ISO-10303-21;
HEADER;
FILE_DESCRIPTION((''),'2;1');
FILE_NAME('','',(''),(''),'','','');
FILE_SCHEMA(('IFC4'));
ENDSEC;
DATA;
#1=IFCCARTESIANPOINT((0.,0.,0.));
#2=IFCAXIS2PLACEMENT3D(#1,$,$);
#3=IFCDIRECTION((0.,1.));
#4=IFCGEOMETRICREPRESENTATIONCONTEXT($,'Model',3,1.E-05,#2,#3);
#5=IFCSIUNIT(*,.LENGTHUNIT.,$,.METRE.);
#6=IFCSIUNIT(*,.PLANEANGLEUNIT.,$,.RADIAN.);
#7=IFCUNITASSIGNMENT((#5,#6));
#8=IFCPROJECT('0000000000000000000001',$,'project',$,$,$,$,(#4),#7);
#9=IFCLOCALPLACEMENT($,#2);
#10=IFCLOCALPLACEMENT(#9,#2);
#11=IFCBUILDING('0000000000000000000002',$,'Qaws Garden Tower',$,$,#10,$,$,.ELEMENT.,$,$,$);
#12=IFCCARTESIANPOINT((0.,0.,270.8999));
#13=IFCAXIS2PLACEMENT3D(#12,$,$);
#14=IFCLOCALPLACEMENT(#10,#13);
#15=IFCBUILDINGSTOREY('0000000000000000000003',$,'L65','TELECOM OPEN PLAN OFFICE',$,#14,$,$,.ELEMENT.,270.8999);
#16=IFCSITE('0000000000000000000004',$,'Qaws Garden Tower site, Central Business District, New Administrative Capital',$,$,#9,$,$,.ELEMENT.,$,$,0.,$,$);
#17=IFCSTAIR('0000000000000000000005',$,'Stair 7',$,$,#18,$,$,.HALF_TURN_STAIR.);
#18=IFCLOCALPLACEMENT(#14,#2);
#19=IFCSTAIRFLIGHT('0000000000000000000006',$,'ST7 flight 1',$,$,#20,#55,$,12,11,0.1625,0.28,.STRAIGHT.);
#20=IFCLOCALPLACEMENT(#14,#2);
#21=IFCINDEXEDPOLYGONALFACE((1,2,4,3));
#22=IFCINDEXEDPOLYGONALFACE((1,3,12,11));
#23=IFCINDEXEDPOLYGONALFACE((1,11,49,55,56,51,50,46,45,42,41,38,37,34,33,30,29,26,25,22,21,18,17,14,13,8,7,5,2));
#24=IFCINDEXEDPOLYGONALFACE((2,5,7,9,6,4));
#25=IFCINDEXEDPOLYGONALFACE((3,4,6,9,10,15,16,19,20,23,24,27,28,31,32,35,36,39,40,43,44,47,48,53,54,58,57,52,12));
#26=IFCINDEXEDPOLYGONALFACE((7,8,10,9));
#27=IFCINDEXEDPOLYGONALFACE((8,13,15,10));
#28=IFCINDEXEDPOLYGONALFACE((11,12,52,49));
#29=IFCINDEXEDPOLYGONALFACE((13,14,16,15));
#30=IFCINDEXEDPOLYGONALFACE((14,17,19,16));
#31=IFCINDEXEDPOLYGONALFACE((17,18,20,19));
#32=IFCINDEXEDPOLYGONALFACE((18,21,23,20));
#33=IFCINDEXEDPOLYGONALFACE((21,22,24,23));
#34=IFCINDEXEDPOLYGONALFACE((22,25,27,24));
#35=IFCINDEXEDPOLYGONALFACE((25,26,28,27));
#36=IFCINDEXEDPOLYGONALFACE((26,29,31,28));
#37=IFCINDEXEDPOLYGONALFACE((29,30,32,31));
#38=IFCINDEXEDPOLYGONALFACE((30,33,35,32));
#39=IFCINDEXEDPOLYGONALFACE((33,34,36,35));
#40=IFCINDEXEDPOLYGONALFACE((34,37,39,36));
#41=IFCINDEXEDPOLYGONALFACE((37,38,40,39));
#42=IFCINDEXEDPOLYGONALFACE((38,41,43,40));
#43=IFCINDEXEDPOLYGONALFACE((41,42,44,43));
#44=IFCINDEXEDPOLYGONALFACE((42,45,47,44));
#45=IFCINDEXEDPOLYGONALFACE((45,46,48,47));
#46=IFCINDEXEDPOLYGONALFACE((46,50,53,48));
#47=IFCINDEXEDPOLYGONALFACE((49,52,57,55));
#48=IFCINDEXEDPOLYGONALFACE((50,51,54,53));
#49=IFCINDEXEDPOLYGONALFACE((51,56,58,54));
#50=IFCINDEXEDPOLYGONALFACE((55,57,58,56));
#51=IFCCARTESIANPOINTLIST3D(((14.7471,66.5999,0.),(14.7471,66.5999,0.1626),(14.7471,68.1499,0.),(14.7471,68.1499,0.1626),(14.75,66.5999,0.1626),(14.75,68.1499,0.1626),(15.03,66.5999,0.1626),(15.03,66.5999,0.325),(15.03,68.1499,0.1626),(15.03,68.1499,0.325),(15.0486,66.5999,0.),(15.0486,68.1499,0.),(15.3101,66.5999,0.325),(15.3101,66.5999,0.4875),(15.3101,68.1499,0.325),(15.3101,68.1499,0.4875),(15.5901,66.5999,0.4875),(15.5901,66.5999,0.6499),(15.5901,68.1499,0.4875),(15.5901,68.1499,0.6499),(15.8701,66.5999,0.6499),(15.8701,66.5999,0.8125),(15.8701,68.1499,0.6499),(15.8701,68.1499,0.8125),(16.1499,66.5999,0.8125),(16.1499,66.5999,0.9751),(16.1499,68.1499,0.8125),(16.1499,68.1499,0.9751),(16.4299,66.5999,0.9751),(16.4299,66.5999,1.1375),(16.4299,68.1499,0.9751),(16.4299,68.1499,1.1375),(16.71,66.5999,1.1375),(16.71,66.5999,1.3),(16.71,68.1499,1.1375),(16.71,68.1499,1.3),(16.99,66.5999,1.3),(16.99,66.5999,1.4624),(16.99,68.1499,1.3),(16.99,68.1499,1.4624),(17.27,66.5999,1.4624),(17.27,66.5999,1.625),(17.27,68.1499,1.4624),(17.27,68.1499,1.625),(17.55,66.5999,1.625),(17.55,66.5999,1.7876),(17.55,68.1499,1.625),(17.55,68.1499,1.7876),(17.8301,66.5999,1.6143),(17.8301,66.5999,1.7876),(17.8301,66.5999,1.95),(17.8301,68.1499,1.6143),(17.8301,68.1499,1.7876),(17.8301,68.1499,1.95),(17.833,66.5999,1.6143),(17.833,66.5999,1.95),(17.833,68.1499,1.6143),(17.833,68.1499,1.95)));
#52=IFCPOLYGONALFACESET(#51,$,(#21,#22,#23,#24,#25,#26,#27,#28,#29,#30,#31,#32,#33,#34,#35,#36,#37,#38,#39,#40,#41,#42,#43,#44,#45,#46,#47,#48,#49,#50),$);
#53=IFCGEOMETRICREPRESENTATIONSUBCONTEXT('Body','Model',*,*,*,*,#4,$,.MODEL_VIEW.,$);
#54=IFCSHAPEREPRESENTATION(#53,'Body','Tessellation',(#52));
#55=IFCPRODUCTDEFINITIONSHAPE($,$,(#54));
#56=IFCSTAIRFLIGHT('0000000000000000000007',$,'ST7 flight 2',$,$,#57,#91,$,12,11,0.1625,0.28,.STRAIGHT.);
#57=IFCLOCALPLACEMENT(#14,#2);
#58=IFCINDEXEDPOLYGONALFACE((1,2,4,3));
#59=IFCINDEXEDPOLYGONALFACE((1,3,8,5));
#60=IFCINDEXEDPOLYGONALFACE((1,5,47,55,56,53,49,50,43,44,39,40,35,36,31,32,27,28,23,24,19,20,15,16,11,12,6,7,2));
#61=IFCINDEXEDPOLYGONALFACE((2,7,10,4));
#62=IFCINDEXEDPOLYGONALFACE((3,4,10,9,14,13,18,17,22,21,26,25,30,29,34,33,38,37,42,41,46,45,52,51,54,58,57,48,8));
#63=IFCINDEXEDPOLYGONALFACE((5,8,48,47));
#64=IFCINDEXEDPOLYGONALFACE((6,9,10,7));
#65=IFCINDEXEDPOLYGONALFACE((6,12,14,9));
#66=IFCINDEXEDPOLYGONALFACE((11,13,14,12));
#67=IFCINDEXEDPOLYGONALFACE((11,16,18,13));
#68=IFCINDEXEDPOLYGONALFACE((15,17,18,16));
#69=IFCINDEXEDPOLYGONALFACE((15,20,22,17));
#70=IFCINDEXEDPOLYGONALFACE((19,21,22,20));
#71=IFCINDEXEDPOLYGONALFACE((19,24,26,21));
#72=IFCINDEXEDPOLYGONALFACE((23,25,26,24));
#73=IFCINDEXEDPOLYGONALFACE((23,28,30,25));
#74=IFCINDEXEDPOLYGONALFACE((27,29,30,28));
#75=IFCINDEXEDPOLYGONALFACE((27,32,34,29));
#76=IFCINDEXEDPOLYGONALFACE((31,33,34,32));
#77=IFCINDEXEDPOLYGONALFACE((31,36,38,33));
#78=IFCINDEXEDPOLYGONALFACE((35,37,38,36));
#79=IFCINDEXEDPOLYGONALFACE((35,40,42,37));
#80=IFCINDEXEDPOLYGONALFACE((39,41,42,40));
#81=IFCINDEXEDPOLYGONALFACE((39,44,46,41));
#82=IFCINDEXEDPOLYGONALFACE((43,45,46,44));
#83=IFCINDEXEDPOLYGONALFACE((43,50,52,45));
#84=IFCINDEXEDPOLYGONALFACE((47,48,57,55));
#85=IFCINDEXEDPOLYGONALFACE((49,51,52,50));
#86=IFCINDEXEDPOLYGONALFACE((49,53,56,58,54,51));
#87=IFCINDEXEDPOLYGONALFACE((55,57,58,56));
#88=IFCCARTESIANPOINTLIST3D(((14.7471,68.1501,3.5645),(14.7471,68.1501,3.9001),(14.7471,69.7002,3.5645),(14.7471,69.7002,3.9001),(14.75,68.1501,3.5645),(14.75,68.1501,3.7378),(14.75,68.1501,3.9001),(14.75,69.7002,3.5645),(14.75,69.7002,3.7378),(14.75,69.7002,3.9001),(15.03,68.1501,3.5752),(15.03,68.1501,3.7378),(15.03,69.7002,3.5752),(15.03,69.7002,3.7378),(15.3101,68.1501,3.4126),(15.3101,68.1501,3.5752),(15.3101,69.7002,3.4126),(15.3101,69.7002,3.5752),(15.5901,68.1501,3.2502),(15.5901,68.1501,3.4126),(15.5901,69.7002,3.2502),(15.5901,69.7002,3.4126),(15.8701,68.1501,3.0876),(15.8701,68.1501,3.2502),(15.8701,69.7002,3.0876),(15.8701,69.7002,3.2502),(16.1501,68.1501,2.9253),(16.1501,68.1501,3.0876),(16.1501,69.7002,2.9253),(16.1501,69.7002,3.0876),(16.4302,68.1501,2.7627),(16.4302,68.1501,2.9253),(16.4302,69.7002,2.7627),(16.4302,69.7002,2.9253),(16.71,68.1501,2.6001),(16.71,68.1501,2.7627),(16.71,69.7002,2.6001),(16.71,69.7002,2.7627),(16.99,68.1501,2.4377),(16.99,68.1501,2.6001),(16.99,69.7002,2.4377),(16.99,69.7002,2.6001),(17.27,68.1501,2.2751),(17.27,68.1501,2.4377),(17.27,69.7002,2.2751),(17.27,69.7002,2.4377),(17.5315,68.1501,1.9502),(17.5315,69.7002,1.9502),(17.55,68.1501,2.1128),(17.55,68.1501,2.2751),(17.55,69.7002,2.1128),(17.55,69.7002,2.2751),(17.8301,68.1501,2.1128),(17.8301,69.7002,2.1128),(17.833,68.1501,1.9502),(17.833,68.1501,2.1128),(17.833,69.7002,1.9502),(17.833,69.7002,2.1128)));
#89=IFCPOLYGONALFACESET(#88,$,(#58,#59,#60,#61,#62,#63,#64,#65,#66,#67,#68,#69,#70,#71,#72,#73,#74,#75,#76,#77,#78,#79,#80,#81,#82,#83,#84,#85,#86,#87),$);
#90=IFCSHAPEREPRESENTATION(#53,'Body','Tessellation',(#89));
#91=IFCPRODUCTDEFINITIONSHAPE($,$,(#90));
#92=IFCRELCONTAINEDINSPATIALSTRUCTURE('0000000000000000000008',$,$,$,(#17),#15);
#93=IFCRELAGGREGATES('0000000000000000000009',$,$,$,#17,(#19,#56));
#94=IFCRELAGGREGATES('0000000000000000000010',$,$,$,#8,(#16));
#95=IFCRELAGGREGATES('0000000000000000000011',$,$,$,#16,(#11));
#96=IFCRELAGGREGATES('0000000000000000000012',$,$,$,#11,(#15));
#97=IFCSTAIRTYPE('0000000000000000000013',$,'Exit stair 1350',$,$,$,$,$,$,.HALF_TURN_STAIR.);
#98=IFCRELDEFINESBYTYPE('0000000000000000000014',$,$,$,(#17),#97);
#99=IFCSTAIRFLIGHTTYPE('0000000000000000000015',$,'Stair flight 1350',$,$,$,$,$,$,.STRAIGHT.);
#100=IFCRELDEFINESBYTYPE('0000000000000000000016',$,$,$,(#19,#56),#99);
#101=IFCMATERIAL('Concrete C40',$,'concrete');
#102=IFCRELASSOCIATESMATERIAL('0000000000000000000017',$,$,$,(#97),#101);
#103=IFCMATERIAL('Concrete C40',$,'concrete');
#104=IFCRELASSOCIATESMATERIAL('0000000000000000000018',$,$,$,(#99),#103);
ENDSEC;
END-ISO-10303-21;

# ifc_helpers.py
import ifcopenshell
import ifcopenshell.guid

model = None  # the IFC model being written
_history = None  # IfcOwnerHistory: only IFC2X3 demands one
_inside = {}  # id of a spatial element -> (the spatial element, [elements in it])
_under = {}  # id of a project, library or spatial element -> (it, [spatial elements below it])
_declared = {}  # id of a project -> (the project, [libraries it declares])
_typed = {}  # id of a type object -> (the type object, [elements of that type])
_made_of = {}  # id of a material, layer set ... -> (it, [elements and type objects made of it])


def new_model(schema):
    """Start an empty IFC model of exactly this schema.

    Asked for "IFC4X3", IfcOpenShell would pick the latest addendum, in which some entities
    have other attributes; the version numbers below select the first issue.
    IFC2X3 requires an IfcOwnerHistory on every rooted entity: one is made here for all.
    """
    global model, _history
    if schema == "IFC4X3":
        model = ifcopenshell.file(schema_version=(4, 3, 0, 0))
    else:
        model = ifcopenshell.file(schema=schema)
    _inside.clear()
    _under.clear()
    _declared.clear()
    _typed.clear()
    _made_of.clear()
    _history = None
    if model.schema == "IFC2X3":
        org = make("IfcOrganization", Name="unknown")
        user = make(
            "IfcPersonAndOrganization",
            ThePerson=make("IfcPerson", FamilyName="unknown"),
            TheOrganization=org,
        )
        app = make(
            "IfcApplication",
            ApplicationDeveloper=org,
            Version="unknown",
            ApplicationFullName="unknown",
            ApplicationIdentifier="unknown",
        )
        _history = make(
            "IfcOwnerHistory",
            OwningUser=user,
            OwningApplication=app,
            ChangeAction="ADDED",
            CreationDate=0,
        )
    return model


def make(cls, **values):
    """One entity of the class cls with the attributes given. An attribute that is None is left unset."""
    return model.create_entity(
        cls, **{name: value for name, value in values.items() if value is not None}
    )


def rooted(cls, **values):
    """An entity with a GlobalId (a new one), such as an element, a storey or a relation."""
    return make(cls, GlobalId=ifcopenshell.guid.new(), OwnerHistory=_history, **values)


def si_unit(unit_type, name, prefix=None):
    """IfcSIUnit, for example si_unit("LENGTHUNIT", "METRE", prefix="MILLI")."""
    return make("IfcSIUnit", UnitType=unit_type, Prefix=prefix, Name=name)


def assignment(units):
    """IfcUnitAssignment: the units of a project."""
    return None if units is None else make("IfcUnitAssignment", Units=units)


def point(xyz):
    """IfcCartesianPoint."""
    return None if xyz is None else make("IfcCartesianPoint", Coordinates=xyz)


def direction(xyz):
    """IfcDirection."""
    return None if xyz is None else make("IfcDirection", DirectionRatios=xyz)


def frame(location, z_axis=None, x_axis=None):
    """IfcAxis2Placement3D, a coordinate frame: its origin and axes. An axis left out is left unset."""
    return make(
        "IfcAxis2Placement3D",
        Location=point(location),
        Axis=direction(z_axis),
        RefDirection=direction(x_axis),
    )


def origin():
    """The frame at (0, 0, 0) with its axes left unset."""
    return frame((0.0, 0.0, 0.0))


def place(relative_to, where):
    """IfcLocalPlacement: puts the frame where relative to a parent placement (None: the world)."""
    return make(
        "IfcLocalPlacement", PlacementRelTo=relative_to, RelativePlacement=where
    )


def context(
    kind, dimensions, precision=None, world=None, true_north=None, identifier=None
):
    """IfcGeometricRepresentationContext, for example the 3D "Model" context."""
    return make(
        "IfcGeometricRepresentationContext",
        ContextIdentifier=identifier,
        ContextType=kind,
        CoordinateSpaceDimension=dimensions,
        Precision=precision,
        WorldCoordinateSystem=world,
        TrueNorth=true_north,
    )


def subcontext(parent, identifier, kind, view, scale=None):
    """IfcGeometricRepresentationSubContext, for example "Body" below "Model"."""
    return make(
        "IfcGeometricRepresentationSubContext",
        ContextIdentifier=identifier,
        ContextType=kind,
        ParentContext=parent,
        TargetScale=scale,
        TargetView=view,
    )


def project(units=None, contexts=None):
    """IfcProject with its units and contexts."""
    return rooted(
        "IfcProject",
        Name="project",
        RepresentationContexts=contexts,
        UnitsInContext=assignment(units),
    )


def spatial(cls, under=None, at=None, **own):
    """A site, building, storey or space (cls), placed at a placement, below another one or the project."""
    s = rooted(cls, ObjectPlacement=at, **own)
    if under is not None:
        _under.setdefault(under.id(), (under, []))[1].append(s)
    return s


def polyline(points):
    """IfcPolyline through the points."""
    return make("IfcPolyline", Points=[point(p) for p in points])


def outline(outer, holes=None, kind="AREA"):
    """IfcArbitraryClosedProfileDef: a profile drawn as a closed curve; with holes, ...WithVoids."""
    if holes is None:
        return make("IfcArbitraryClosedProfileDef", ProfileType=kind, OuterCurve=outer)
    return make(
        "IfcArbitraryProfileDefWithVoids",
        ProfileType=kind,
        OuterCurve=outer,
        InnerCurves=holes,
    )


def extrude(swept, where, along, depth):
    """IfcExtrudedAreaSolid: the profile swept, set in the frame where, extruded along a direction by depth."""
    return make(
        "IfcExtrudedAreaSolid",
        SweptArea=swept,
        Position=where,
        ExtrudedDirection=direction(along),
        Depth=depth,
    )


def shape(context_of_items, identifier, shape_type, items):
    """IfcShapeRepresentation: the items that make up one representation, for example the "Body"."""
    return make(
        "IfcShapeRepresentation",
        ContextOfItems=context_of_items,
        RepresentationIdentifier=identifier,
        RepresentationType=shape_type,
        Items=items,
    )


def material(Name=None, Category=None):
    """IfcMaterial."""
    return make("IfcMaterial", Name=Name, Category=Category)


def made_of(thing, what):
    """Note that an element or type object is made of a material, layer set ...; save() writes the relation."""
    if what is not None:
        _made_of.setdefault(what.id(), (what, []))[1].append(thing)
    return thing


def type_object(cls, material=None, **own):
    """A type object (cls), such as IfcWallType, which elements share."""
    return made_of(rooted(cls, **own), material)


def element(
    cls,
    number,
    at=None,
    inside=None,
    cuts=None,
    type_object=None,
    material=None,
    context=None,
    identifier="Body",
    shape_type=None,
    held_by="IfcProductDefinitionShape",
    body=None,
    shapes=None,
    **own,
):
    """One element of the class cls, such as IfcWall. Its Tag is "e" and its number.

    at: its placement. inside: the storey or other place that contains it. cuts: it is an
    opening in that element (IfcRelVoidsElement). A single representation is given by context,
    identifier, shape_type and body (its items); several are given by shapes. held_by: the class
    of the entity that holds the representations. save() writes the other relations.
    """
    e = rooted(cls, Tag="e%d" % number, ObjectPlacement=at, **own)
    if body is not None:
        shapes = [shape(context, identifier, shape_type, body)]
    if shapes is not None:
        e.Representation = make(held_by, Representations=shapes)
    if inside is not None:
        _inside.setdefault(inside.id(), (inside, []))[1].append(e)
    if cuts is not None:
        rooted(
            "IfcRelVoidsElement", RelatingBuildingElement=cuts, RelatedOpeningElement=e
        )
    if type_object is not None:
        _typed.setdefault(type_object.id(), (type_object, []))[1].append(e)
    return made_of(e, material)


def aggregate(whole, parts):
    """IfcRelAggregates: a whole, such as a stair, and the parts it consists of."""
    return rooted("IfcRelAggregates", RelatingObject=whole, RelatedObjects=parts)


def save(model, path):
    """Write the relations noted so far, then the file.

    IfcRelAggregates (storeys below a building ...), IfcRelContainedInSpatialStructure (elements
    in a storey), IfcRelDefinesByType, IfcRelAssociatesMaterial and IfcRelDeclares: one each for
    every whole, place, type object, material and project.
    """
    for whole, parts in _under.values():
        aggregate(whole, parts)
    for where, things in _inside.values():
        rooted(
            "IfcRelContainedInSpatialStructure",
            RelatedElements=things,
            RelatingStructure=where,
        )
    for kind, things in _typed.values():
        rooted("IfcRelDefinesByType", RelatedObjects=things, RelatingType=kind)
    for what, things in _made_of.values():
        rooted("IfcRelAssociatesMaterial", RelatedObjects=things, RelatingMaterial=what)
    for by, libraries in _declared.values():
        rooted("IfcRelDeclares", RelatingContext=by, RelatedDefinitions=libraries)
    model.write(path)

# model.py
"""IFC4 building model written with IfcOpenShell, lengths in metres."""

from ifc_helpers import new_model, si_unit, direction, frame, origin, place, context, subcontext, project, spatial, polyline, outline, extrude, material, type_object, element, aggregate, save


model = new_model("IFC4")

# Units and contexts
model_context = context("Model", 3, precision=1e-05, world=origin(), true_north=direction((0.0, 1.0)))
body_context = subcontext(model_context, "Body", "Model", "MODEL_VIEW")
ifc_project = project(units=[si_unit("LENGTHUNIT", "METRE"), si_unit("PLANEANGLEUNIT", "RADIAN")], contexts=[model_context])

# Site, building, storey
site_placement = place(None, origin())
site = spatial("IfcSite", under=ifc_project, at=site_placement, Name="Qaws Garden Tower site, Central Business District, New Administrative Capital", CompositionType="ELEMENT", RefElevation=0.0)
building_placement = place(site_placement, origin())
building = spatial("IfcBuilding", under=site, at=building_placement, Name="Qaws Garden Tower", CompositionType="ELEMENT")
storey_placement = place(building_placement, frame((0.0, 0.0, 270.8999)))
storey = spatial("IfcBuildingStorey", under=building, at=storey_placement, Name="L65", Description="TELECOM OPEN PLAN OFFICE", CompositionType="ELEMENT", Elevation=270.8999)

# Stair, stair flights
ifc_material_1 = material(Name="Concrete C40", Category="concrete")
stair_type = type_object("IfcStairType", Name="Exit stair 1350", PredefinedType="HALF_TURN_STAIR", material=ifc_material_1)
stair_placement = place(storey_placement, origin())
stair = element("IfcStair", 1, at=stair_placement, inside=storey, type_object=stair_type, Name="Stair 7", PredefinedType="HALF_TURN_STAIR")
ifc_material_2 = material(Name="Concrete C40", Category="concrete")
stair_flight_type = type_object("IfcStairFlightType", Name="Stair flight 1350", PredefinedType="STRAIGHT", material=ifc_material_2)
stair_flight_1_placement = place(storey_placement, frame((14.75, 67.375, 0.0), z_axis=(0.0, 0.0, 1.0), x_axis=(1.0, 0.0, 0.0)))
stair_flight_1 = element("IfcStairFlight", 2, at=stair_flight_1_placement, type_object=stair_flight_type, Name="ST7 flight 1", NumberOfRisers=12, NumberOfTreads=11, PredefinedType="STRAIGHT", RiserHeight=0.1625, TreadLength=0.28, context=body_context, shape_type="SweptSolid", body=[
    extrude(outline(polyline([(-0.0029, 0.0), (-0.0029, 0.1626), (0.0, 0.1626), (0.28, 0.1626), (0.28, 0.325), (0.5601, 0.325), (0.5601, 0.4875), (0.8401, 0.4875), (0.8401, 0.6499), (1.1201, 0.6499), (1.1201, 0.8125), (1.3999, 0.8125), (1.3999, 0.9751), (1.6799, 0.9751), (1.6799, 1.1375), (1.96, 1.1375), (1.96, 1.3), (2.24, 1.3), (2.24, 1.4624), (2.52, 1.4624), (2.52, 1.625), (2.8, 1.625), (2.8, 1.7876), (3.0801, 1.7876), (3.0801, 1.95), (3.083, 1.95), (3.083, 1.6143), (3.0801, 1.6143), (0.2986, 0.0), (-0.0029, 0.0)])), frame((0.0, 0.7749, 0.0), z_axis=(0.0, -1.0, 0.0), x_axis=(1.0, 0.0, 0.0)), (0.0, 0.0, 1.0), 1.55),
])
stair_flight_2_placement = place(storey_placement, frame((17.8301, 68.925, 1.9502), z_axis=(0.0, 0.0, 1.0), x_axis=(-1.0, 0.0, 0.0)))
stair_flight_2 = element("IfcStairFlight", 3, at=stair_flight_2_placement, type_object=stair_flight_type, Name="ST7 flight 2", NumberOfRisers=12, NumberOfTreads=11, PredefinedType="STRAIGHT", RiserHeight=0.1625, TreadLength=0.28, context=body_context, shape_type="SweptSolid", body=[
    extrude(outline(polyline([(-0.0029, 0.0), (-0.0029, 0.1626), (0.0, 0.1626), (0.28, 0.1626), (0.28, 0.325), (0.5601, 0.325), (0.5601, 0.4875), (0.8401, 0.4875), (0.8401, 0.6499), (1.1201, 0.6499), (1.1201, 0.8125), (1.3999, 0.8125), (1.3999, 0.9751), (1.6799, 0.9751), (1.6799, 1.1375), (1.96, 1.1375), (1.96, 1.3), (2.24, 1.3), (2.24, 1.4624), (2.52, 1.4624), (2.52, 1.625), (2.8, 1.625), (2.8, 1.7876), (3.0801, 1.7876), (3.0801, 1.95), (3.083, 1.95), (3.083, 1.6143), (3.0801, 1.6143), (0.2986, 0.0), (-0.0029, 0.0)])), frame((0.0, 0.7749, 0.0), z_axis=(0.0, -1.0, 0.0), x_axis=(1.0, 0.0, 0.0)), (0.0, 0.0, 1.0), 1.55),
])
aggregate(stair, [stair_flight_1, stair_flight_2])

save(model, "model.ifc")
